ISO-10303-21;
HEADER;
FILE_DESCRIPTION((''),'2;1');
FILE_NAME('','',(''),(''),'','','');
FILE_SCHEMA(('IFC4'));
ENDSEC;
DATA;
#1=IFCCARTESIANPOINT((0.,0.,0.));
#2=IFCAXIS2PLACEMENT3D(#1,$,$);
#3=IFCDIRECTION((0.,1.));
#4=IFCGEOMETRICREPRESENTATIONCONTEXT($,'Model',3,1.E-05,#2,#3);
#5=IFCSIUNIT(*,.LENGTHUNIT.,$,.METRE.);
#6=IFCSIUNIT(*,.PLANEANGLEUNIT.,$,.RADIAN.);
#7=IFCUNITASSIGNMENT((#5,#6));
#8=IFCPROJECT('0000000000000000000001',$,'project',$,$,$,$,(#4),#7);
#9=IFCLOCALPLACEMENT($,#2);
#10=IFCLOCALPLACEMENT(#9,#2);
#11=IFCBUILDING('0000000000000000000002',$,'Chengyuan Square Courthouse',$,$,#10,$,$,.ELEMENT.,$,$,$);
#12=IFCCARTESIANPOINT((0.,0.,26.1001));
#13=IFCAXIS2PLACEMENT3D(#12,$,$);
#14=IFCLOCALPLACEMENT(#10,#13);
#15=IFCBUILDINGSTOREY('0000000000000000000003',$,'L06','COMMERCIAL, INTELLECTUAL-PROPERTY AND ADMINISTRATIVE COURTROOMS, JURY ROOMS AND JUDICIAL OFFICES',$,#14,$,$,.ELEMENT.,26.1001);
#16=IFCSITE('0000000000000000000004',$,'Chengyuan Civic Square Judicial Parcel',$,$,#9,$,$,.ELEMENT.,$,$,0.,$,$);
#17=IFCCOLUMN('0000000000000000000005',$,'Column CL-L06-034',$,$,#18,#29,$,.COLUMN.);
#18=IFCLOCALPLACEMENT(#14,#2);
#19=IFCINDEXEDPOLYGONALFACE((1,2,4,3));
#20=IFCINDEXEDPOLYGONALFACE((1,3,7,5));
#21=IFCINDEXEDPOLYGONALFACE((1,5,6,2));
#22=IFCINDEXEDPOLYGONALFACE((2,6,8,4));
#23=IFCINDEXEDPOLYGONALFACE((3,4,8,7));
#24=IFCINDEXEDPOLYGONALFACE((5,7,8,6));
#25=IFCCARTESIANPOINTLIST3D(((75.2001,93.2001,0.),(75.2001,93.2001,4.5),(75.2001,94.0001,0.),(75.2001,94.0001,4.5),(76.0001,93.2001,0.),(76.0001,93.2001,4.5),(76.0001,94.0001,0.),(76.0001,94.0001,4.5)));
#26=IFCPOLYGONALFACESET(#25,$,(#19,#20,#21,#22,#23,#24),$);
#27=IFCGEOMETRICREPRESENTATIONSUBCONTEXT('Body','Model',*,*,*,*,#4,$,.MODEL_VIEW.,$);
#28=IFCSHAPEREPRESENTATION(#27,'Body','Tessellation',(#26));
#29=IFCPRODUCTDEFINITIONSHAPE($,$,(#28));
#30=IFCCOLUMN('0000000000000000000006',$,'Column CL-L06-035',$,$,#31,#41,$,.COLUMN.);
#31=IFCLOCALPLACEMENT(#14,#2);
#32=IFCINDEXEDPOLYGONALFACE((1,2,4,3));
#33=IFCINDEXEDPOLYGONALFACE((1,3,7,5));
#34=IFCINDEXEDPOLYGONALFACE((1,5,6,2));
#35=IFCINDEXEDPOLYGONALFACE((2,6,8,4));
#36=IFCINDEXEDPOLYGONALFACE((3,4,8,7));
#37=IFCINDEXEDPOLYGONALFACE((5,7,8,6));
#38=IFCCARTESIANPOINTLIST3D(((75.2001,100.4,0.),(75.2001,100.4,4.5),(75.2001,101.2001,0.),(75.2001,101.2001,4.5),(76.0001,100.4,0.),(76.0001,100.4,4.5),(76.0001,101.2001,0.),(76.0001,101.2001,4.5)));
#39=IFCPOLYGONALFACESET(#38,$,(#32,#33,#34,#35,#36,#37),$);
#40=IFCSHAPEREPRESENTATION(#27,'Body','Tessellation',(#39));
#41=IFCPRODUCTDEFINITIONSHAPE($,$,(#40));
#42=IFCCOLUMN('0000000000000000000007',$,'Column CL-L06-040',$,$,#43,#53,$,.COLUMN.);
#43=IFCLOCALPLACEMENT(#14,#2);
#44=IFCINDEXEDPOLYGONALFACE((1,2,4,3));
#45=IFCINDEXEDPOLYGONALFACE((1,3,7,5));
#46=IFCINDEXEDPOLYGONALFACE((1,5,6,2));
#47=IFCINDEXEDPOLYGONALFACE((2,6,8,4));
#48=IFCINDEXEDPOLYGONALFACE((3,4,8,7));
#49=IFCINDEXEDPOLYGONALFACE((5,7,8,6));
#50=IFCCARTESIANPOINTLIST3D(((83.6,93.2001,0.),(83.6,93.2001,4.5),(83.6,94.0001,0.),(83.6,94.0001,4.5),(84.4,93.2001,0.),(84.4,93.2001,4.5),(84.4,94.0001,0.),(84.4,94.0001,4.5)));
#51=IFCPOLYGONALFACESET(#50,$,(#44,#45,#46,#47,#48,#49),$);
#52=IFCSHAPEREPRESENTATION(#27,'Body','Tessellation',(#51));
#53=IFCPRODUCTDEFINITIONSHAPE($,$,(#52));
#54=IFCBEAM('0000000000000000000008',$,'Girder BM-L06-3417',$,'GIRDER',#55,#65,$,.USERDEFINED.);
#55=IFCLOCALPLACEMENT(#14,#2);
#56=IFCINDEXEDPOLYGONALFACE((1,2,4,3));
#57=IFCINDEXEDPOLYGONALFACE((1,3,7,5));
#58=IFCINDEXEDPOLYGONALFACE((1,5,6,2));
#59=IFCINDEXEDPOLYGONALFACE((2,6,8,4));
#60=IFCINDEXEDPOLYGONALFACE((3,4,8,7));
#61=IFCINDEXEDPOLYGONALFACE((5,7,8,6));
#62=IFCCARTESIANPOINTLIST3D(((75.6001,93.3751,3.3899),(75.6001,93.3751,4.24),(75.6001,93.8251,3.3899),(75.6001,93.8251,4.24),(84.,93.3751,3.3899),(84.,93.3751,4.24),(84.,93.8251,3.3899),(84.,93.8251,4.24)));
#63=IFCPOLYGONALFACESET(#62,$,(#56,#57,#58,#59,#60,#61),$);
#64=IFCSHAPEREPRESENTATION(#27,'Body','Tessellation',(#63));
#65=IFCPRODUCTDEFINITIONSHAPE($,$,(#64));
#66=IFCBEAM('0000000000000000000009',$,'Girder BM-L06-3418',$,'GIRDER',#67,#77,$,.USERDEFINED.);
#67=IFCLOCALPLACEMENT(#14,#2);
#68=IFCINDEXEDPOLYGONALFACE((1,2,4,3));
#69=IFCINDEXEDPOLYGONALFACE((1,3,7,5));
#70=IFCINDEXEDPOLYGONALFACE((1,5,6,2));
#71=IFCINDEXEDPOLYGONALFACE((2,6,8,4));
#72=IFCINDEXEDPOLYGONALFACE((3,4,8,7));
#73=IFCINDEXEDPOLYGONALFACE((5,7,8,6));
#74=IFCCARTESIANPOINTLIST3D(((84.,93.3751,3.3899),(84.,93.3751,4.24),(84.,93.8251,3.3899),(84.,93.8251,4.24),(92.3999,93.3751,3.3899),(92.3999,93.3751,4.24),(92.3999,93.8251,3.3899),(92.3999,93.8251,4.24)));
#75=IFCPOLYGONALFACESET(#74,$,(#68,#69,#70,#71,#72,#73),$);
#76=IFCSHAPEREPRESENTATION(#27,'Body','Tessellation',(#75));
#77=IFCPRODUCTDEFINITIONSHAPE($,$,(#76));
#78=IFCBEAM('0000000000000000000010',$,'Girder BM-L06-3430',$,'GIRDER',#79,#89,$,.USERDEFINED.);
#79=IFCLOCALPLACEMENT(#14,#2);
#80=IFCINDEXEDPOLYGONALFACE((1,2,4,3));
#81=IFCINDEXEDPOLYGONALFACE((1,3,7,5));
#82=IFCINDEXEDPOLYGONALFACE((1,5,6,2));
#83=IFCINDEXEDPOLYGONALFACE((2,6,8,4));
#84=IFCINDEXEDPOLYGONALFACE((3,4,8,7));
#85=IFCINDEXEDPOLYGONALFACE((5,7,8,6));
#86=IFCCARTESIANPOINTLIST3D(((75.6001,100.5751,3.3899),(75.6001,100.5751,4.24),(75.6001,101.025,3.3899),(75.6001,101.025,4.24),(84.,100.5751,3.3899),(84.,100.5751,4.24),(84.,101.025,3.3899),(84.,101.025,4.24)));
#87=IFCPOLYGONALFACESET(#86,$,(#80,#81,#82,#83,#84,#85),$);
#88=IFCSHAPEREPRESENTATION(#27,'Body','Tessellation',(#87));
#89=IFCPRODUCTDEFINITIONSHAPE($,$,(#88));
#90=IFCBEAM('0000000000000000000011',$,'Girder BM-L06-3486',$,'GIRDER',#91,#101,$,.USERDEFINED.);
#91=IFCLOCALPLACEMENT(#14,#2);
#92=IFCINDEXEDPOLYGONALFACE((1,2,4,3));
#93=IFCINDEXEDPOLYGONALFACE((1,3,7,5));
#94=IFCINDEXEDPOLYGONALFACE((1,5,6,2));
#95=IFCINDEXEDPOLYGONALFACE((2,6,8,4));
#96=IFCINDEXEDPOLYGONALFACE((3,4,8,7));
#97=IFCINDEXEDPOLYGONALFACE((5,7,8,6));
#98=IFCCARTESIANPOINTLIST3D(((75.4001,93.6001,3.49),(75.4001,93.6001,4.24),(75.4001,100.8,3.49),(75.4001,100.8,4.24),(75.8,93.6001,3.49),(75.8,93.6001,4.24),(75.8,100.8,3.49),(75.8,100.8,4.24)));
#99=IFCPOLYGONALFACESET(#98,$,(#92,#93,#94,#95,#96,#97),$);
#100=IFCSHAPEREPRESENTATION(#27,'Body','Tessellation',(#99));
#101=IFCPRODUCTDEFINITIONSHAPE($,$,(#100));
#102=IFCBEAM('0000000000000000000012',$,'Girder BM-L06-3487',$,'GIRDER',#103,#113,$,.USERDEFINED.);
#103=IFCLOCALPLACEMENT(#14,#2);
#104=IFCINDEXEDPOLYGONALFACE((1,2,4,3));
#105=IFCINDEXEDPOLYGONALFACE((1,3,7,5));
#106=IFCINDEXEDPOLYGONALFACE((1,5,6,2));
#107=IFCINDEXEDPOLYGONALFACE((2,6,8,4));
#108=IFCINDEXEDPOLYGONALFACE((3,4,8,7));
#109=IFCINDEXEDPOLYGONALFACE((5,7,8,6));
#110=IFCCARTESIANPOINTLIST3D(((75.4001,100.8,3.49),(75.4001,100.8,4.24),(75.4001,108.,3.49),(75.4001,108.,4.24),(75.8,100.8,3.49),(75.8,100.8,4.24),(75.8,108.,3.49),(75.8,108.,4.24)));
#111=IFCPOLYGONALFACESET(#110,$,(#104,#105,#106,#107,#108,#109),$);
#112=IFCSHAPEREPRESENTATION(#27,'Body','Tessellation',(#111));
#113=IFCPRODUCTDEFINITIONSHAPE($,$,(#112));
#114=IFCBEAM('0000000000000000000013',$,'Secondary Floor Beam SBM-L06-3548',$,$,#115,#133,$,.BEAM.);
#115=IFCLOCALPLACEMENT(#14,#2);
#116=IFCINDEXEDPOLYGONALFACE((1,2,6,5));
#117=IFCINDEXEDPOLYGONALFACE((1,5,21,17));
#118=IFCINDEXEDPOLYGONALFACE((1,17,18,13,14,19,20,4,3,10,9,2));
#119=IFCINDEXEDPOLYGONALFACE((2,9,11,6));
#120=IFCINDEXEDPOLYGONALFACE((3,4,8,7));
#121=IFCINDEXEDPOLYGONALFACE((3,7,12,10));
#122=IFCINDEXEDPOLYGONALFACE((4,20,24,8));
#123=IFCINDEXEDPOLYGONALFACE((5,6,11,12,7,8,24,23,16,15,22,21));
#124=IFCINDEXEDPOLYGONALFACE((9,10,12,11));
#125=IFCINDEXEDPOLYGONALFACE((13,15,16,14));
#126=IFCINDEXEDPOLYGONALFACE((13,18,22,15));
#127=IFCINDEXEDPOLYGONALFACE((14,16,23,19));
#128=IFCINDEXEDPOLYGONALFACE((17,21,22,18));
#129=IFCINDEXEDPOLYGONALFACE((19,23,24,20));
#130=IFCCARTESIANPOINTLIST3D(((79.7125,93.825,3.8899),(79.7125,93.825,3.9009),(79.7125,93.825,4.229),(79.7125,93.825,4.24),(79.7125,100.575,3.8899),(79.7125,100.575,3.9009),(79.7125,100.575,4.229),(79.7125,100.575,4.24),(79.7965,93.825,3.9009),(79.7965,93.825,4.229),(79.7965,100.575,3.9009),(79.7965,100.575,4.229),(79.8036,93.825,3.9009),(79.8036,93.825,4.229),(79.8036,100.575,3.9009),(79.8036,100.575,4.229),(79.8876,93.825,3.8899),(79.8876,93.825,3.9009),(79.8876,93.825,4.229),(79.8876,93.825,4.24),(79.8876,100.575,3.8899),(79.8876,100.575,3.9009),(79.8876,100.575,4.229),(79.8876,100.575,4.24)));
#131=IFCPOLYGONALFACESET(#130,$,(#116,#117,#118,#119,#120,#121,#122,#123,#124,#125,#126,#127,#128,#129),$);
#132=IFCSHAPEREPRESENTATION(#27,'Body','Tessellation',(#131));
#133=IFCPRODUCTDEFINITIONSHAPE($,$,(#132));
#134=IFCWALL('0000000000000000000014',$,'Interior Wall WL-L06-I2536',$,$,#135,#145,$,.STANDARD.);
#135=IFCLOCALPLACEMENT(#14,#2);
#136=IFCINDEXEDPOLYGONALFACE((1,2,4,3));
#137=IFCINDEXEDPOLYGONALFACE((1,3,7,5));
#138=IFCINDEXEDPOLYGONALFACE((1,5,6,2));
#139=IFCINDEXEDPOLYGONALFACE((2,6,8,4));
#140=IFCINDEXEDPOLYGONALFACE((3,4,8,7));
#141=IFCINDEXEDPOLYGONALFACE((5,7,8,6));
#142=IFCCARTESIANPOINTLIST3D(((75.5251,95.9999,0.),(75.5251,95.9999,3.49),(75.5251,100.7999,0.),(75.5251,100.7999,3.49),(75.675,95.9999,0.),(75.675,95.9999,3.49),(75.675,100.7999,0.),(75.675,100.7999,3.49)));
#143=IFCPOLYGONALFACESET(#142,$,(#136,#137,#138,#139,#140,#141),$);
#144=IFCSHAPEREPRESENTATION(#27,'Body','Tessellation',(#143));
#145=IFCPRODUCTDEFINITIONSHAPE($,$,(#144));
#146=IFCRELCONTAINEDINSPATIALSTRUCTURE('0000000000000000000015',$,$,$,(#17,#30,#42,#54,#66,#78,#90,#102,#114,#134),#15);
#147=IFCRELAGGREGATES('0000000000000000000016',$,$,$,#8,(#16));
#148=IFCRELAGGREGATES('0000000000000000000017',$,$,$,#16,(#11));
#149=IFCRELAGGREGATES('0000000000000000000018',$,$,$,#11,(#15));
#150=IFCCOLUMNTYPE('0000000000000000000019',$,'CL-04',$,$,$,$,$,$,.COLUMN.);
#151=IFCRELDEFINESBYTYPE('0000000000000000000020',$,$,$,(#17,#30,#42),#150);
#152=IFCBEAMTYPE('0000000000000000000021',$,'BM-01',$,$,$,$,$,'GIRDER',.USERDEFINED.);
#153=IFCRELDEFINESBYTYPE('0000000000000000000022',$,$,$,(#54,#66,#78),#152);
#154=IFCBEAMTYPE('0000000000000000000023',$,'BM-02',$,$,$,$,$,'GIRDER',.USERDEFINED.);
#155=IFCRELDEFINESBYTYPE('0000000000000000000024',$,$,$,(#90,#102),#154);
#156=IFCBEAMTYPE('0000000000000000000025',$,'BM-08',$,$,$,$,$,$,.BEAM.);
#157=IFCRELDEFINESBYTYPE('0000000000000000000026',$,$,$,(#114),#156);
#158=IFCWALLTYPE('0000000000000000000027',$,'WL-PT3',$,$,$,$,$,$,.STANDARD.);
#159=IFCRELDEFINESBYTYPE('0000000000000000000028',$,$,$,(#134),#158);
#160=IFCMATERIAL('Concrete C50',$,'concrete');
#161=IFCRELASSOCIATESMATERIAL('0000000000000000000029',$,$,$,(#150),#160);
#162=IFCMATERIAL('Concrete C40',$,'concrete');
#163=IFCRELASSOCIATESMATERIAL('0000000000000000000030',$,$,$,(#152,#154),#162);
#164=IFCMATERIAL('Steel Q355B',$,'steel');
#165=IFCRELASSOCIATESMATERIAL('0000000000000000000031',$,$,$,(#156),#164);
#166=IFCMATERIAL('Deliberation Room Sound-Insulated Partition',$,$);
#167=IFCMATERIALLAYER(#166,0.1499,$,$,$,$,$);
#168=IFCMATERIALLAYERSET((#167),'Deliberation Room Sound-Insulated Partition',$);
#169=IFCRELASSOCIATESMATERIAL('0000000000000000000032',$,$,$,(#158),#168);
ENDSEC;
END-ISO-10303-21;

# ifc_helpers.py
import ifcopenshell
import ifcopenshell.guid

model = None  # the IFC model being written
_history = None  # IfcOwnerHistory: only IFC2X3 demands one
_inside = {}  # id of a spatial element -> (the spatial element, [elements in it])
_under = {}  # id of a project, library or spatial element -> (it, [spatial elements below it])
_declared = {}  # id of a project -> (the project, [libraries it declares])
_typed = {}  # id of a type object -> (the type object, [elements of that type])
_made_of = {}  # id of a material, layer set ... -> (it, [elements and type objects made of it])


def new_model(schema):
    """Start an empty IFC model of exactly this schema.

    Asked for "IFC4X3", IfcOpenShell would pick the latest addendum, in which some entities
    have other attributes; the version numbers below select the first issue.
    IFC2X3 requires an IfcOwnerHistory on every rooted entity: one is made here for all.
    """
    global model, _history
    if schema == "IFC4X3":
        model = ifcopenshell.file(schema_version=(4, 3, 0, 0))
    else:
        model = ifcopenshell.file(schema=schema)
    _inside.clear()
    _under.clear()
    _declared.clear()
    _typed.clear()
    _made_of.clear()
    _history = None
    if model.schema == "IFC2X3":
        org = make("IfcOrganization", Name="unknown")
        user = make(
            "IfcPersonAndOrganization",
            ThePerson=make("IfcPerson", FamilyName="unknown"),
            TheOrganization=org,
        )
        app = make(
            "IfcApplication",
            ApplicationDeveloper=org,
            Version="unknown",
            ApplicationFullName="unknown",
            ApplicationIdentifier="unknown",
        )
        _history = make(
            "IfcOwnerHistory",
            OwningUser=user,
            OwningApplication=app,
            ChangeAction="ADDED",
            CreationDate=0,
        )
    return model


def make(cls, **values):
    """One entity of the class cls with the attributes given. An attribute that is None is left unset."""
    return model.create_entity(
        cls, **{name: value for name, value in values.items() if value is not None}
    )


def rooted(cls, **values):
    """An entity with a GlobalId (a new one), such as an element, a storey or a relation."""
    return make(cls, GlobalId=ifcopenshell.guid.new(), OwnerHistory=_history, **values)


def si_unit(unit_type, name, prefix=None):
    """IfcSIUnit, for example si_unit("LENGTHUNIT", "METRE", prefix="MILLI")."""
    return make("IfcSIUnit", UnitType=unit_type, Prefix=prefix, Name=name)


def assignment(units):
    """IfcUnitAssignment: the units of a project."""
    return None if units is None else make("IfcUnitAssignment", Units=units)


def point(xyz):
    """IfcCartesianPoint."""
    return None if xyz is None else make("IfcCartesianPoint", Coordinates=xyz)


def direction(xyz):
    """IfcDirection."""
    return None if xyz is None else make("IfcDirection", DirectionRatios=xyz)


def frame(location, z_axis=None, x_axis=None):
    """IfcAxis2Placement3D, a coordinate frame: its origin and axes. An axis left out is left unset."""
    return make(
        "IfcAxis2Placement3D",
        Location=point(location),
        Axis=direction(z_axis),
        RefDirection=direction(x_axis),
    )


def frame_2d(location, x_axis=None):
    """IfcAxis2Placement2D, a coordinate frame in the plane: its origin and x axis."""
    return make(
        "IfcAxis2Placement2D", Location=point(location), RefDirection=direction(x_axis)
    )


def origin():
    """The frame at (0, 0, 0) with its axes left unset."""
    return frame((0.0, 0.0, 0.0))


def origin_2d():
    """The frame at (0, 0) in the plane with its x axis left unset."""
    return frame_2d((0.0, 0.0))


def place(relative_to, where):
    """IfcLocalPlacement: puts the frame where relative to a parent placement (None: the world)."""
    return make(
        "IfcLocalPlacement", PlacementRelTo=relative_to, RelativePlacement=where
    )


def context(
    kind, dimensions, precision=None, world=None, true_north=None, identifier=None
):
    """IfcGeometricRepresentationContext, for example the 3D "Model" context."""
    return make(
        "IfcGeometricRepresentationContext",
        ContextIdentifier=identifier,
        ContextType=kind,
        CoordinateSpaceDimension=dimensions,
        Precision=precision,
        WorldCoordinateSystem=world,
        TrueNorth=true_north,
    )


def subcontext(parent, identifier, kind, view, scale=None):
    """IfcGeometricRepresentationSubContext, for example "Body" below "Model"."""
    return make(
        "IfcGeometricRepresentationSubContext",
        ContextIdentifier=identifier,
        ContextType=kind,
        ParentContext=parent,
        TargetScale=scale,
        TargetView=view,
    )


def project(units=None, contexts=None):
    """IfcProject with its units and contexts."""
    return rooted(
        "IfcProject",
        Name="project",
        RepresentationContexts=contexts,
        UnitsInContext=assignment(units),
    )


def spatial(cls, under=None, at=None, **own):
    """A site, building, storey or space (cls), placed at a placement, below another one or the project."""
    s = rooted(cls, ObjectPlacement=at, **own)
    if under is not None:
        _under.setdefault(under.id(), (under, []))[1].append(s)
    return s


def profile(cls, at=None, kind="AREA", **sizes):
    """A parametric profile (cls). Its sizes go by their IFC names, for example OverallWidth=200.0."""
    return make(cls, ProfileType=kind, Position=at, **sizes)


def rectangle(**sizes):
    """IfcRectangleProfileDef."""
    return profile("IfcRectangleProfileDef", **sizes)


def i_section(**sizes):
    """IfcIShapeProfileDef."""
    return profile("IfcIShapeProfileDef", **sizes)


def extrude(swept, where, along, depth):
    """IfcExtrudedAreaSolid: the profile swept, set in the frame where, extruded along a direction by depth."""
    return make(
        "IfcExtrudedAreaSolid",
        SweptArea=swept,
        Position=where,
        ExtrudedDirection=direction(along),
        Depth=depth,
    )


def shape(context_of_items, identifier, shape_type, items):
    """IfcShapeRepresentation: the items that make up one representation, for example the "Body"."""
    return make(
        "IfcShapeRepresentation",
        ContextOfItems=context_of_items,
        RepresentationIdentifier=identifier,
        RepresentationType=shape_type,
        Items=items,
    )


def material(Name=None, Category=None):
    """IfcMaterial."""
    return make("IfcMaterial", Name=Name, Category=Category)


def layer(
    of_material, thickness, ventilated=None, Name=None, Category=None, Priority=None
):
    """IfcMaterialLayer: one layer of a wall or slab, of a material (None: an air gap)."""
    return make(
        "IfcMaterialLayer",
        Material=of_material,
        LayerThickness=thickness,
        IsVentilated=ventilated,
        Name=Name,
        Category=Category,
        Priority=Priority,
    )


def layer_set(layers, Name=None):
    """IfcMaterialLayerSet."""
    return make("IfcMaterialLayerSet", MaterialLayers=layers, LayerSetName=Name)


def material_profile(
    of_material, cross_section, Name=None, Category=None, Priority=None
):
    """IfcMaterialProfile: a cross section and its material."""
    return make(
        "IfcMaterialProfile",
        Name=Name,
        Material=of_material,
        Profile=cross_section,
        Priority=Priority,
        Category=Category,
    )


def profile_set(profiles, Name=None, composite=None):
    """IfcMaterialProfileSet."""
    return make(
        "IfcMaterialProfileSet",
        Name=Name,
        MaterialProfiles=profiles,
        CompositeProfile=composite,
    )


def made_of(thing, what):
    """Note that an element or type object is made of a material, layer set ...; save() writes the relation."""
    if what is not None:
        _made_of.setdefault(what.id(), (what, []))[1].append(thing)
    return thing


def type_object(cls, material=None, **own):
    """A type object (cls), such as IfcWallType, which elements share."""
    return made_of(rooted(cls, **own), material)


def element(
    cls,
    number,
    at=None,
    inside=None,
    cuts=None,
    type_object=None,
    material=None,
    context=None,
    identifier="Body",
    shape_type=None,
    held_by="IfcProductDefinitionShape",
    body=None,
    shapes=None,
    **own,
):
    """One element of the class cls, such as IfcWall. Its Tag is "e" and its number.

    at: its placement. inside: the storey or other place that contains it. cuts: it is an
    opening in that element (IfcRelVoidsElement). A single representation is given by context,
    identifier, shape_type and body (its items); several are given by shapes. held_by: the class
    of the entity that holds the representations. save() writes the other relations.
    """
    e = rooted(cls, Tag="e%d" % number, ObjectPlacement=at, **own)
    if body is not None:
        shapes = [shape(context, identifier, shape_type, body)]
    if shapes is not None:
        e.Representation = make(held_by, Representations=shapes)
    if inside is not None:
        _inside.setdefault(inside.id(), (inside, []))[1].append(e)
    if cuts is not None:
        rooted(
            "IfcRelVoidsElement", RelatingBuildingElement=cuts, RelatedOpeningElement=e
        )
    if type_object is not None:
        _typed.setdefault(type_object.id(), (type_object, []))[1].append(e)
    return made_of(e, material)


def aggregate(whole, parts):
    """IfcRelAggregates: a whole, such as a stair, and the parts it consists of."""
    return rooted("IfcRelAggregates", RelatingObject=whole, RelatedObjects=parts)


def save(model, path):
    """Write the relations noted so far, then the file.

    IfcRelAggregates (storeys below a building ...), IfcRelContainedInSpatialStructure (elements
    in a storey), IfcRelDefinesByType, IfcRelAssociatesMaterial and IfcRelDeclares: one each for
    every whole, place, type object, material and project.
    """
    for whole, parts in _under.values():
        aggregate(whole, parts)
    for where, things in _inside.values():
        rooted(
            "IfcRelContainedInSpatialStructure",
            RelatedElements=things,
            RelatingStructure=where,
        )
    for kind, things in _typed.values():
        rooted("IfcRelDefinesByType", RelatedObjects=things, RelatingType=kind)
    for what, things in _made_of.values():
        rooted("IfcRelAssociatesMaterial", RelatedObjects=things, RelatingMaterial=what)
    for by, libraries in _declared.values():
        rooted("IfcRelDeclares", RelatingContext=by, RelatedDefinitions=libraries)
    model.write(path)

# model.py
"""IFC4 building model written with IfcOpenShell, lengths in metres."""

from ifc_helpers import new_model, si_unit, direction, frame, frame_2d, origin, origin_2d, place, context, subcontext, project, spatial, rectangle, i_section, extrude, material, layer, layer_set, material_profile, profile_set, type_object, element, save


model = new_model("IFC4")

# Units and contexts
model_context = context("Model", 3, precision=1e-05, world=origin(), true_north=direction((0.0, 1.0)))
body_context = subcontext(model_context, "Body", "Model", "MODEL_VIEW")
ifc_project = project(units=[si_unit("LENGTHUNIT", "METRE"), si_unit("PLANEANGLEUNIT", "RADIAN")], contexts=[model_context])

# Site, building, storey
site_placement = place(None, origin())
site = spatial("IfcSite", under=ifc_project, at=site_placement, Name="Chengyuan Civic Square Judicial Parcel", CompositionType="ELEMENT", RefElevation=0.0)
building_placement = place(site_placement, origin())
building = spatial("IfcBuilding", under=site, at=building_placement, Name="Chengyuan Square Courthouse", CompositionType="ELEMENT")
storey_placement = place(building_placement, frame((0.0, 0.0, 26.1001)))
storey = spatial("IfcBuildingStorey", under=building, at=storey_placement, Name="L06", Description="COMMERCIAL, INTELLECTUAL-PROPERTY AND ADMINISTRATIVE COURTROOMS, JURY ROOMS AND JUDICIAL OFFICES", CompositionType="ELEMENT", Elevation=26.1001)

# Columns
ifc_material_1 = material(Name="Concrete C50", Category="concrete")
ifc_material_profile_1 = material_profile(ifc_material_1, rectangle(XDim=0.8, YDim=0.8, at=origin_2d()), Name="RC-COL-800x800")
ifc_profile_set_1 = profile_set([ifc_material_profile_1], Name="Concrete C50")
column_type = type_object("IfcColumnType", Name="CL-04", PredefinedType="COLUMN", material=ifc_profile_set_1)
for number, where, z_axis, x_axis, name in (
    (1, (75.6001, 93.6001, 0.0), (0.0, 0.0, 1.0), (1.0, 0.0, 0.0), "Column CL-L06-034"),
    (2, (75.6001, 100.8, 0.0), (0.0, 0.0, 1.0), (1.0, 0.0, 0.0), "Column CL-L06-035"),
    (3, (84.0, 93.6001, 0.0), (0.0, 0.0, 1.0), (1.0, 0.0, 0.0), "Column CL-L06-040"),
):
    element("IfcColumn", number, at=place(storey_placement, frame(where, z_axis=z_axis, x_axis=x_axis)), inside=storey, type_object=column_type, Name=name, PredefinedType="COLUMN", context=body_context, shape_type="SweptSolid", body=[
        extrude(rectangle(XDim=0.8, YDim=0.8, at=origin_2d()), origin(), (0.0, 0.0, 1.0), 4.5),
    ])

# Beams
ifc_material_2 = material(Name="Concrete C40", Category="concrete")
ifc_material_profile_2 = material_profile(ifc_material_2, rectangle(XDim=0.45, YDim=0.8501, at=origin_2d()), Name="RC-BM-450x850")
ifc_profile_set_2 = profile_set([ifc_material_profile_2], Name="Concrete C40")
beam_type_1 = type_object("IfcBeamType", Name="BM-01", ElementType="GIRDER", PredefinedType="USERDEFINED", material=ifc_profile_set_2)
for number, where, z_axis, x_axis, name in (
    (4, (75.6001, 93.6001, 3.8149), (1.0, 0.0, 0.0), (0.0, 1.0, 0.0), "Girder BM-L06-3417"),
    (5, (84.0, 93.6001, 3.8149), (1.0, 0.0, 0.0), (0.0, 1.0, 0.0), "Girder BM-L06-3418"),
    (6, (75.6001, 100.8, 3.8149), (1.0, 0.0, 0.0), (0.0, 1.0, 0.0), "Girder BM-L06-3430"),
):
    element("IfcBeam", number, at=place(storey_placement, frame(where, z_axis=z_axis, x_axis=x_axis)), inside=storey, type_object=beam_type_1, Name=name, ObjectType="GIRDER", PredefinedType="USERDEFINED", context=body_context, shape_type="SweptSolid", body=[
        extrude(rectangle(XDim=0.45, YDim=0.8501, at=origin_2d()), origin(), (0.0, 0.0, 1.0), 8.3999),
    ])
ifc_material_profile_3 = material_profile(ifc_material_2, rectangle(XDim=0.3999, YDim=0.75, at=origin_2d()), Name="RC-BM-400x750")
ifc_profile_set_3 = profile_set([ifc_material_profile_3], Name="Concrete C40")
beam_type_2 = type_object("IfcBeamType", Name="BM-02", ElementType="GIRDER", PredefinedType="USERDEFINED", material=ifc_profile_set_3)
for number, where, z_axis, x_axis, name in (
    (7, (75.6001, 93.6001, 3.865), (0.0, 1.0, 0.0), (-1.0, 0.0, 0.0), "Girder BM-L06-3486"),
    (8, (75.6001, 100.8, 3.865), (0.0, 1.0, 0.0), (-1.0, 0.0, 0.0), "Girder BM-L06-3487"),
):
    element("IfcBeam", number, at=place(storey_placement, frame(where, z_axis=z_axis, x_axis=x_axis)), inside=storey, type_object=beam_type_2, Name=name, ObjectType="GIRDER", PredefinedType="USERDEFINED", context=body_context, shape_type="SweptSolid", body=[
        extrude(rectangle(XDim=0.3999, YDim=0.75, at=origin_2d()), origin(), (0.0, 0.0, 1.0), 7.2),
    ])
ifc_material_3 = material(Name="Steel Q355B", Category="steel")
ifc_material_profile_4 = material_profile(ifc_material_3, i_section(OverallWidth=0.175, OverallDepth=0.3501, WebThickness=0.0071, FlangeThickness=0.011, at=origin_2d()), Name="HN 350x175x7x11")
ifc_profile_set_4 = profile_set([ifc_material_profile_4], Name="Steel Q355B")
beam_type_3 = type_object("IfcBeamType", Name="BM-08", PredefinedType="BEAM", material=ifc_profile_set_4)
beam_placement = place(storey_placement, frame((79.8, 93.825, 4.0649), z_axis=(0.0, 1.0, 0.0), x_axis=(-1.0, 0.0, 0.0)))
element("IfcBeam", 9, at=beam_placement, inside=storey, type_object=beam_type_3, Name="Secondary Floor Beam SBM-L06-3548", PredefinedType="BEAM", context=body_context, shape_type="SweptSolid", body=[
    extrude(i_section(OverallWidth=0.175, OverallDepth=0.3501, WebThickness=0.0071, FlangeThickness=0.011, at=origin_2d()), origin(), (0.0, 0.0, 1.0), 6.75),
])

# Wall
ifc_material_4 = material(Name="Deliberation Room Sound-Insulated Partition")
ifc_layer_1 = layer(ifc_material_4, 0.1499)
ifc_layer_set_1 = layer_set([ifc_layer_1], Name="Deliberation Room Sound-Insulated Partition")
wall_type_1 = type_object("IfcWallType", Name="WL-PT3", PredefinedType="STANDARD", material=ifc_layer_set_1)
wall_1_placement = place(storey_placement, frame((75.6001, 96.0, 0.0), z_axis=(0.0, 0.0, 1.0), x_axis=(0.0, 1.0, 0.0)))
element("IfcWall", 10, at=wall_1_placement, inside=storey, type_object=wall_type_1, Name="Interior Wall WL-L06-I2536", PredefinedType="STANDARD", context=body_context, shape_type="SweptSolid", body=[
    extrude(rectangle(XDim=4.8, YDim=0.1499, at=frame_2d((2.3999, 0.0))), origin(), (0.0, 0.0, 1.0), 3.49),
])

save(model, "model.ifc")
